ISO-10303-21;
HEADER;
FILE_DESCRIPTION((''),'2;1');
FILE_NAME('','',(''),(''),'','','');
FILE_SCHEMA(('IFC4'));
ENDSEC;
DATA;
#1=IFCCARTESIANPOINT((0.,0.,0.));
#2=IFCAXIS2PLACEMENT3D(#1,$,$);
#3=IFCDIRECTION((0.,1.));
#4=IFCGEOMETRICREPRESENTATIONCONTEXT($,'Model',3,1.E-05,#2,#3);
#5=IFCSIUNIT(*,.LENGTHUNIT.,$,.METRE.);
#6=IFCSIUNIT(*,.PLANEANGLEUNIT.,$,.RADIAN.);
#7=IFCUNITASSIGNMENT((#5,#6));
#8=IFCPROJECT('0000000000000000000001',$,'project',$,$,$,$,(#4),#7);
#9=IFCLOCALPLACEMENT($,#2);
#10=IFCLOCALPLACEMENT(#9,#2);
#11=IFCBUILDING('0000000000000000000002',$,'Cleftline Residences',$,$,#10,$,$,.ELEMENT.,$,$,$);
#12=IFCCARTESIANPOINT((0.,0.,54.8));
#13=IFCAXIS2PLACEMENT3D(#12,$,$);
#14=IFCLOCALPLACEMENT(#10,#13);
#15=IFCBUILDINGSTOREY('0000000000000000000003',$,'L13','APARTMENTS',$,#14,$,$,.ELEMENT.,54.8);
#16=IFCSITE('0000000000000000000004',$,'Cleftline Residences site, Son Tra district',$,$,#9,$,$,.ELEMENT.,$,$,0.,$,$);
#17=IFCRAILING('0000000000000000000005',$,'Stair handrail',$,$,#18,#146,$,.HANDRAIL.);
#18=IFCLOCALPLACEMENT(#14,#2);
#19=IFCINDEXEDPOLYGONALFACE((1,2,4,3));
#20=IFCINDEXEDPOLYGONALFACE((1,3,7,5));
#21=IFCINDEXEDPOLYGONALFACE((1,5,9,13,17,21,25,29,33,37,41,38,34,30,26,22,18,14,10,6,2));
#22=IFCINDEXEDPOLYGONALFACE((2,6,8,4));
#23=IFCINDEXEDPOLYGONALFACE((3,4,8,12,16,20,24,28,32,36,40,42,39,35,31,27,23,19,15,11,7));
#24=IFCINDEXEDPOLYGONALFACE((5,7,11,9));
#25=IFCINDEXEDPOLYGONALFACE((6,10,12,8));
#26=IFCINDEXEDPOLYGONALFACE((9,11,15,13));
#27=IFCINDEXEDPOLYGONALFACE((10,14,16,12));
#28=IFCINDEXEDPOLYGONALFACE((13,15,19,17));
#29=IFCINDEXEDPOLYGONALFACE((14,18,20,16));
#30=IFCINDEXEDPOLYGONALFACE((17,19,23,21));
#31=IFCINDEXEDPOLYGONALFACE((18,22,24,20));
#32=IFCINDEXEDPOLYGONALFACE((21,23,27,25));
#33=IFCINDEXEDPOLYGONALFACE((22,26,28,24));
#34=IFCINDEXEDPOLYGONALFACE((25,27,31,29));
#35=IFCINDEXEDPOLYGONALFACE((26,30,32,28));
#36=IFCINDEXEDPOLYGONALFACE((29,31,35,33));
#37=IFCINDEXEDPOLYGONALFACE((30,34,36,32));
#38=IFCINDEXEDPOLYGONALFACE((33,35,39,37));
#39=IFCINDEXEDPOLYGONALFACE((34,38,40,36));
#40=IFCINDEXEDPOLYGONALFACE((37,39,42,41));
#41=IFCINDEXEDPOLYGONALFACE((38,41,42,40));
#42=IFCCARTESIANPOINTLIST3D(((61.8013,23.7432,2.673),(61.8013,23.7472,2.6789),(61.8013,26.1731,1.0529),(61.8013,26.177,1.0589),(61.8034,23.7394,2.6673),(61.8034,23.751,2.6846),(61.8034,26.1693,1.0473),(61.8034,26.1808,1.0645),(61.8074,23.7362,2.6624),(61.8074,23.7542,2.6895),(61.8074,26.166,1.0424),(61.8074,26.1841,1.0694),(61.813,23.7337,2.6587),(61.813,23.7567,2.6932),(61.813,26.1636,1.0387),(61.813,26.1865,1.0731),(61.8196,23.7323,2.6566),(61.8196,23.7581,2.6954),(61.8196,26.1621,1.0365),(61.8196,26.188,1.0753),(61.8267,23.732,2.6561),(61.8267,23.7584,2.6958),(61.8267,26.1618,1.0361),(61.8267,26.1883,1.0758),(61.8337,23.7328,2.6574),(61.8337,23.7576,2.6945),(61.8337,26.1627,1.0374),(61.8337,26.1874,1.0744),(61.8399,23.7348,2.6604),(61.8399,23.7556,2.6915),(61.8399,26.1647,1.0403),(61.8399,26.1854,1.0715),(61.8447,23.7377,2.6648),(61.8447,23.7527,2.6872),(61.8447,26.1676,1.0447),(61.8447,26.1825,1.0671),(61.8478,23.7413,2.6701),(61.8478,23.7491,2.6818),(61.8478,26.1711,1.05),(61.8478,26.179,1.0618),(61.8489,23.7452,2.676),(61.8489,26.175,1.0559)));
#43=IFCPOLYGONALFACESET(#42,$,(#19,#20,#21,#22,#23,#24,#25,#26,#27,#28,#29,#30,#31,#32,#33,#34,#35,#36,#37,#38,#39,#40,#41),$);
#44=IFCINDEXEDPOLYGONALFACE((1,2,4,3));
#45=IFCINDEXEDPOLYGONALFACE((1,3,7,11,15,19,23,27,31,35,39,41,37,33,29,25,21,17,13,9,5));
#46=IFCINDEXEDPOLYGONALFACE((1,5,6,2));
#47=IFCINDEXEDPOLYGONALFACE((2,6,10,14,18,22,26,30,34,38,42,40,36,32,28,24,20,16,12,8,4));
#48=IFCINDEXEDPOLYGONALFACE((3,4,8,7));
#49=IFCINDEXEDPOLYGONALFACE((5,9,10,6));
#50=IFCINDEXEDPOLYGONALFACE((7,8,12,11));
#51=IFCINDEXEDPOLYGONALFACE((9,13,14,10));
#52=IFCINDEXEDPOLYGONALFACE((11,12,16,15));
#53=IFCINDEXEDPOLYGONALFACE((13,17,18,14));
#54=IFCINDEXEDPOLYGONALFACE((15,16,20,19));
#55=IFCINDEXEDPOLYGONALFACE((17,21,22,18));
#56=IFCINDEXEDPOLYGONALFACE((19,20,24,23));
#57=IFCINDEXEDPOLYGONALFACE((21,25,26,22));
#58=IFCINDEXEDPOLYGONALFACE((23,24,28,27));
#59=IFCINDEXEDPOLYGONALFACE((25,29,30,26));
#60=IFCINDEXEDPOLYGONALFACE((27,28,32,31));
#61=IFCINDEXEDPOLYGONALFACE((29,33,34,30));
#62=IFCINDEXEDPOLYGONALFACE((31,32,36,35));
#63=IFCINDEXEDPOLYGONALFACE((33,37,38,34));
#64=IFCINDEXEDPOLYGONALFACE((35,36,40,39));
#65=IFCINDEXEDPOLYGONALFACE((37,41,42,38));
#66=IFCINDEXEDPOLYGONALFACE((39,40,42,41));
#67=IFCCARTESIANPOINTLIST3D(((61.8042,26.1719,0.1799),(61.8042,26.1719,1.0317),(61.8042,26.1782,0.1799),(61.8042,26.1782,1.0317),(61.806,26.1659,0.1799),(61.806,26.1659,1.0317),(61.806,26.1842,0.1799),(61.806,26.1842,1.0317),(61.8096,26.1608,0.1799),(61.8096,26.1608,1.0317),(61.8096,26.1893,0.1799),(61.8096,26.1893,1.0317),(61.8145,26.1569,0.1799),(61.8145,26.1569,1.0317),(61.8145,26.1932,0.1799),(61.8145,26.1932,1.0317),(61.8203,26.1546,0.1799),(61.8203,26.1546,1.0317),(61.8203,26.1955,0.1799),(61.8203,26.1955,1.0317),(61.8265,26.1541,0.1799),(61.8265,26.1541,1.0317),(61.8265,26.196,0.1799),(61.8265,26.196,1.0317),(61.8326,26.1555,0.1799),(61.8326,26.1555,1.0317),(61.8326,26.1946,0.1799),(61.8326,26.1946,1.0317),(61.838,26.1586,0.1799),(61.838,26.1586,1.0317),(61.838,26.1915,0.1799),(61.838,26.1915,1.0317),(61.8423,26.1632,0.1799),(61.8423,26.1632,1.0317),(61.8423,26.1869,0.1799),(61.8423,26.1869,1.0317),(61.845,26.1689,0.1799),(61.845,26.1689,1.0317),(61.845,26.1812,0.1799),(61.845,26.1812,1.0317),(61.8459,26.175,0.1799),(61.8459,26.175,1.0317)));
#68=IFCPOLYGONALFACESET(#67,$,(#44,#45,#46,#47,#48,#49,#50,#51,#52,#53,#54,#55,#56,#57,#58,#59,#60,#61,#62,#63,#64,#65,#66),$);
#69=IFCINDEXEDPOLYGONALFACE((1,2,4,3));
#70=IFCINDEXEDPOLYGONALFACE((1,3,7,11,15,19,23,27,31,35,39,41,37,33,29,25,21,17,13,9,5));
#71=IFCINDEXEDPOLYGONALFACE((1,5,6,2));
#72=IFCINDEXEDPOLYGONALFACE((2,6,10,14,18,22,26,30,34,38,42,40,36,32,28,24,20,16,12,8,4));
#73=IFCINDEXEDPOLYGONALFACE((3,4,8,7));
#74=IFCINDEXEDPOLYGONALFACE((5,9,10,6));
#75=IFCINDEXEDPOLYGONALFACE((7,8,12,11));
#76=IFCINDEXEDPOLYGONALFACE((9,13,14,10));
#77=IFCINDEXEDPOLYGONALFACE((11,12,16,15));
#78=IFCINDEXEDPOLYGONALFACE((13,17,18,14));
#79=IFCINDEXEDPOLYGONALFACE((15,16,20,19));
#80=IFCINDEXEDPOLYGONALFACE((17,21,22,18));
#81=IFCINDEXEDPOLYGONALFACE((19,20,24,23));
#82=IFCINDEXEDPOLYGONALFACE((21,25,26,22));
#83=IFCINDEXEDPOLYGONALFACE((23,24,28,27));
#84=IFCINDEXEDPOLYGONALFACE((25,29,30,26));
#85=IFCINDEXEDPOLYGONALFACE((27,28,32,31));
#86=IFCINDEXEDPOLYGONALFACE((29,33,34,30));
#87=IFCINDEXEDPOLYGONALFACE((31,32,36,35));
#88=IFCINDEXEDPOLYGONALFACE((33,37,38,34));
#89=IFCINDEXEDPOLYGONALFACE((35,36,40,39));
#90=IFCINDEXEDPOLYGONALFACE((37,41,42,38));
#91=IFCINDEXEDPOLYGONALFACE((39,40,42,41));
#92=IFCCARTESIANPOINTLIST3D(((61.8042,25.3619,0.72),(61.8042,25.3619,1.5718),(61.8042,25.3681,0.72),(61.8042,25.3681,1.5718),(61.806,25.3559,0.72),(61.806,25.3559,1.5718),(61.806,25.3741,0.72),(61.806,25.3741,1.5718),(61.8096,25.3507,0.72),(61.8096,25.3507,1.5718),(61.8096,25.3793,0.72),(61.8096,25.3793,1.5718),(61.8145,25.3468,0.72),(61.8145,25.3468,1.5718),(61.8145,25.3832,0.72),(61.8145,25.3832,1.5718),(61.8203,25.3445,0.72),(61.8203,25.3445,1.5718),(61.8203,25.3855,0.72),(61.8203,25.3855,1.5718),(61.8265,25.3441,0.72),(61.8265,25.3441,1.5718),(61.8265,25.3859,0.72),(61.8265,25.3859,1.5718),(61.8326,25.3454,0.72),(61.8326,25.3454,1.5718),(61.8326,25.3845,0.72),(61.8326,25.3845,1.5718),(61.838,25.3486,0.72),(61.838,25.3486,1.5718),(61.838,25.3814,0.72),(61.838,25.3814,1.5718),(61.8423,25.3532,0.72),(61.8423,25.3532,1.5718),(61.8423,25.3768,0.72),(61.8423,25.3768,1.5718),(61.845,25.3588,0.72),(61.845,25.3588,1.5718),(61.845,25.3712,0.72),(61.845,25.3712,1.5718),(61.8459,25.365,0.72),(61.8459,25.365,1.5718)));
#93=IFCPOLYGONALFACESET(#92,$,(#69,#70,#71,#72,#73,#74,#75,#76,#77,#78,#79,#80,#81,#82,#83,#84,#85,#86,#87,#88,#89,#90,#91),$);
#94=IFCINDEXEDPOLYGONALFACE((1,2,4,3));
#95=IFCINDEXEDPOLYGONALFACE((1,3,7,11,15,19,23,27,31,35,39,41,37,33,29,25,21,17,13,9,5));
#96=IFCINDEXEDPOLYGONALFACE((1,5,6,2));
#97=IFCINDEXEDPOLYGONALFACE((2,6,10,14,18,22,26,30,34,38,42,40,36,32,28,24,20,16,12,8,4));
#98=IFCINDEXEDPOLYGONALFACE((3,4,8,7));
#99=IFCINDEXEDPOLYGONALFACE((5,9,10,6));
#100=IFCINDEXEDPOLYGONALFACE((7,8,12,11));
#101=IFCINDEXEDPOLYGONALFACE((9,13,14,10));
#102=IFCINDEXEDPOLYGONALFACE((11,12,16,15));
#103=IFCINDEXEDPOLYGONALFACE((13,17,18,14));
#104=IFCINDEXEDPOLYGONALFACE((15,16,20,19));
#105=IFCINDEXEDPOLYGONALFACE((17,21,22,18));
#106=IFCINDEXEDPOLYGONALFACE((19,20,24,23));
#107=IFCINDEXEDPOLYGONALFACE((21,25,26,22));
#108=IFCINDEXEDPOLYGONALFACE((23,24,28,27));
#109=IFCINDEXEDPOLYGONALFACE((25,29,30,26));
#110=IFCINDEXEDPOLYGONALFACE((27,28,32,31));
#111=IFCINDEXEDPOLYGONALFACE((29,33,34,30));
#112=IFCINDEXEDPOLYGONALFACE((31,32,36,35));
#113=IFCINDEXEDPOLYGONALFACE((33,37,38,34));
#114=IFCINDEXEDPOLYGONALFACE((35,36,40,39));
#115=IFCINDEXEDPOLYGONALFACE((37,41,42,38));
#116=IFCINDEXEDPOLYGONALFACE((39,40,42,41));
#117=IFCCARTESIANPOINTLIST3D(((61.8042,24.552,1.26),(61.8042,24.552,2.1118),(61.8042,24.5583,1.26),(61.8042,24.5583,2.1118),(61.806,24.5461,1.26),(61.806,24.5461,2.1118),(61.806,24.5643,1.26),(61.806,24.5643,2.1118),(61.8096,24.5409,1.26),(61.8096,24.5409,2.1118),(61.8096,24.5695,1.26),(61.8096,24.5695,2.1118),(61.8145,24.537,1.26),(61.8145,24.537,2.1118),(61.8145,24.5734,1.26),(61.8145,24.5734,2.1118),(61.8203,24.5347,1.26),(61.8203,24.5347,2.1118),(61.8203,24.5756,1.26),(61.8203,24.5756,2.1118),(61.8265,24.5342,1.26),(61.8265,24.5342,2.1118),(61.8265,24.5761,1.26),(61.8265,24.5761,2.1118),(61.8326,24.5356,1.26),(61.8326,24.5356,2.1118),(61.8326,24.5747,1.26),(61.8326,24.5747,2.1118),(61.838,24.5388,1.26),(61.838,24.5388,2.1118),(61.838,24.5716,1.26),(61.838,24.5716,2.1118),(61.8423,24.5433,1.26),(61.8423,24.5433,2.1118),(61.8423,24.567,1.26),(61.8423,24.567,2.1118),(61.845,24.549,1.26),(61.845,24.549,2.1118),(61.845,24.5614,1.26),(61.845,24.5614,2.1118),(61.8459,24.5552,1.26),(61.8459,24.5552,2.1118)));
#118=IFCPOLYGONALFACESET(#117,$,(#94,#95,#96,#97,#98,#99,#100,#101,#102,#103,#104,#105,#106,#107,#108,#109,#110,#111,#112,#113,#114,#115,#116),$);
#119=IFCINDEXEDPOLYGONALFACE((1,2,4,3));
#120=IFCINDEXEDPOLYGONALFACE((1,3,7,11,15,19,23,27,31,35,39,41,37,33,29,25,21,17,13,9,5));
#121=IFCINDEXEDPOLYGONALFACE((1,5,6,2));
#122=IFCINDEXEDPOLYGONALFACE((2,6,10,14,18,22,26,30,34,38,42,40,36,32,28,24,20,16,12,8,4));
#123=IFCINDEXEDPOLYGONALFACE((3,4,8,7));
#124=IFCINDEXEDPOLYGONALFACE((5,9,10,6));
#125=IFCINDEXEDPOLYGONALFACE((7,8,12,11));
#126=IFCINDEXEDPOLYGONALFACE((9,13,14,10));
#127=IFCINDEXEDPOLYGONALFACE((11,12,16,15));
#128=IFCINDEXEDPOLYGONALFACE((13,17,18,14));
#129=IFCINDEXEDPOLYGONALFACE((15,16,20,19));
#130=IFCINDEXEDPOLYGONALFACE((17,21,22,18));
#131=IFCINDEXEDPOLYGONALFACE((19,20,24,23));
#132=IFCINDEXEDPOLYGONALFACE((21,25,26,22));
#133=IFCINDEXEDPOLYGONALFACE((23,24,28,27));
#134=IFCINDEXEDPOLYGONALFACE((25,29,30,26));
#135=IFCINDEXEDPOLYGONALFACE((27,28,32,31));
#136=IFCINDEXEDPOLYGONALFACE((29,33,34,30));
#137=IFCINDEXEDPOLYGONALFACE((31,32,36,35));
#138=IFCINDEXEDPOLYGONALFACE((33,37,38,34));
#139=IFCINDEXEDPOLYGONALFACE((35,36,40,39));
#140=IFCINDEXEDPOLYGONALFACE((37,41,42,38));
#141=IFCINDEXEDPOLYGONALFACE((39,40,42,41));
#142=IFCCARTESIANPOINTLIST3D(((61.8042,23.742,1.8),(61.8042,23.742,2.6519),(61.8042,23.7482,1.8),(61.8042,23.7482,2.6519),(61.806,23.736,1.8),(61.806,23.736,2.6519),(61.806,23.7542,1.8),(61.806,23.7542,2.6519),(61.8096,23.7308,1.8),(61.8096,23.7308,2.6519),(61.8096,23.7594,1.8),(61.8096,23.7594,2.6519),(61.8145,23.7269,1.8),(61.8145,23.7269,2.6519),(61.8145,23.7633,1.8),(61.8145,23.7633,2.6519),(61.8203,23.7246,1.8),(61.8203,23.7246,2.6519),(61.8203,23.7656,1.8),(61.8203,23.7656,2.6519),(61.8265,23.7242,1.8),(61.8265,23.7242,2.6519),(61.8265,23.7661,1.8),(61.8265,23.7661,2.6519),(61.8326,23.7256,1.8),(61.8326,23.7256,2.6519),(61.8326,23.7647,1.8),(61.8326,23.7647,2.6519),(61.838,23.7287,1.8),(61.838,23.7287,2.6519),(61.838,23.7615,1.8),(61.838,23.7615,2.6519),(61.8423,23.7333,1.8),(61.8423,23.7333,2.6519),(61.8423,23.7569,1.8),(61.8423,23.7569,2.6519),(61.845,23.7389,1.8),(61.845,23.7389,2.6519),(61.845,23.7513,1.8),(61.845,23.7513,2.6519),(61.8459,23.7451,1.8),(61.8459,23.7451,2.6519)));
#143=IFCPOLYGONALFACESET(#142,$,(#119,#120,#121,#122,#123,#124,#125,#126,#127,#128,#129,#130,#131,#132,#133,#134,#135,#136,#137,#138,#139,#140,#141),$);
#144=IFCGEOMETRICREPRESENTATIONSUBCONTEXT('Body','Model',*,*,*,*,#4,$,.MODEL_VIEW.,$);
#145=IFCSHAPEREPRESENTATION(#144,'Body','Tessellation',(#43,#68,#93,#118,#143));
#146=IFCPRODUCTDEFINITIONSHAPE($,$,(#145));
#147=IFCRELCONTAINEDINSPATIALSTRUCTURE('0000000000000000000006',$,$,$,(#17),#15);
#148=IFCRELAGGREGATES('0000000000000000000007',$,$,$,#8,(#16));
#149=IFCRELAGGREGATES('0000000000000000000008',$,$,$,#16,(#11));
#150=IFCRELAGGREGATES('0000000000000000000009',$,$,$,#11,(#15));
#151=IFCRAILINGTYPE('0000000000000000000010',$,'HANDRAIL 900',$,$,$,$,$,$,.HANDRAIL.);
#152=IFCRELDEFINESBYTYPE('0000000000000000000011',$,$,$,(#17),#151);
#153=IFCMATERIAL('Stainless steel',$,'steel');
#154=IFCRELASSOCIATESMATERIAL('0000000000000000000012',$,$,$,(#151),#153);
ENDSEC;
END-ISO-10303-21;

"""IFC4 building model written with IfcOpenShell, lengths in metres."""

from ifc_helpers import new_model, si_unit, direction, frame, origin, origin_2d, place, context, subcontext, project, spatial, circle, extrude, material, type_object, element, save


model = new_model("IFC4")

# Units and contexts
model_context = context("Model", 3, precision=1e-05, world=origin(), true_north=direction((0.0, 1.0)))
body_context = subcontext(model_context, "Body", "Model", "MODEL_VIEW")
ifc_project = project(units=[si_unit("LENGTHUNIT", "METRE"), si_unit("PLANEANGLEUNIT", "RADIAN")], contexts=[model_context])

# Site, building, storey
site_placement = place(None, origin())
site = spatial("IfcSite", under=ifc_project, at=site_placement, Name="Cleftline Residences site, Son Tra district", CompositionType="ELEMENT", RefElevation=0.0)
building_placement = place(site_placement, origin())
building = spatial("IfcBuilding", under=site, at=building_placement, Name="Cleftline Residences", CompositionType="ELEMENT")
storey_placement = place(building_placement, frame((0.0, 0.0, 54.8)))
storey = spatial("IfcBuildingStorey", under=building, at=storey_placement, Name="L13", Description="APARTMENTS", CompositionType="ELEMENT", Elevation=54.8)

# Railing
ifc_material_1 = material(Name="Stainless steel", Category="steel")
railing_type = type_object("IfcRailingType", Name="HANDRAIL 900", PredefinedType="HANDRAIL", material=ifc_material_1)
railing_1_placement = place(storey_placement, frame((61.825, 26.175, 0.1799)))
element("IfcRailing", 1, at=railing_1_placement, inside=storey, type_object=railing_type, Name="Stair handrail", PredefinedType="HANDRAIL", context=body_context, shape_type="SweptSolid", body=[
    extrude(circle(Radius=0.0239, at=origin_2d()), frame((0.0, 0.0, 0.876), z_axis=(0.0, -0.832025, 0.554739), x_axis=(1.0, 0.0, 0.0)), (0.0, 0.0, 1.0), 2.9204),
    extrude(circle(Radius=0.021, at=origin_2d()), origin(), (0.0, 0.0, 1.0), 0.8518),
    extrude(circle(Radius=0.021, at=origin_2d()), frame((0.0, -0.8101, 0.54)), (0.0, 0.0, 1.0), 0.8518),
    extrude(circle(Radius=0.021, at=origin_2d()), frame((0.0, -1.6199, 1.0801)), (0.0, 0.0, 1.0), 0.8518),
    extrude(circle(Radius=0.021, at=origin_2d()), frame((0.0, -2.4299, 1.6201)), (0.0, 0.0, 1.0), 0.8518),
])

save(model, "model.ifc")
